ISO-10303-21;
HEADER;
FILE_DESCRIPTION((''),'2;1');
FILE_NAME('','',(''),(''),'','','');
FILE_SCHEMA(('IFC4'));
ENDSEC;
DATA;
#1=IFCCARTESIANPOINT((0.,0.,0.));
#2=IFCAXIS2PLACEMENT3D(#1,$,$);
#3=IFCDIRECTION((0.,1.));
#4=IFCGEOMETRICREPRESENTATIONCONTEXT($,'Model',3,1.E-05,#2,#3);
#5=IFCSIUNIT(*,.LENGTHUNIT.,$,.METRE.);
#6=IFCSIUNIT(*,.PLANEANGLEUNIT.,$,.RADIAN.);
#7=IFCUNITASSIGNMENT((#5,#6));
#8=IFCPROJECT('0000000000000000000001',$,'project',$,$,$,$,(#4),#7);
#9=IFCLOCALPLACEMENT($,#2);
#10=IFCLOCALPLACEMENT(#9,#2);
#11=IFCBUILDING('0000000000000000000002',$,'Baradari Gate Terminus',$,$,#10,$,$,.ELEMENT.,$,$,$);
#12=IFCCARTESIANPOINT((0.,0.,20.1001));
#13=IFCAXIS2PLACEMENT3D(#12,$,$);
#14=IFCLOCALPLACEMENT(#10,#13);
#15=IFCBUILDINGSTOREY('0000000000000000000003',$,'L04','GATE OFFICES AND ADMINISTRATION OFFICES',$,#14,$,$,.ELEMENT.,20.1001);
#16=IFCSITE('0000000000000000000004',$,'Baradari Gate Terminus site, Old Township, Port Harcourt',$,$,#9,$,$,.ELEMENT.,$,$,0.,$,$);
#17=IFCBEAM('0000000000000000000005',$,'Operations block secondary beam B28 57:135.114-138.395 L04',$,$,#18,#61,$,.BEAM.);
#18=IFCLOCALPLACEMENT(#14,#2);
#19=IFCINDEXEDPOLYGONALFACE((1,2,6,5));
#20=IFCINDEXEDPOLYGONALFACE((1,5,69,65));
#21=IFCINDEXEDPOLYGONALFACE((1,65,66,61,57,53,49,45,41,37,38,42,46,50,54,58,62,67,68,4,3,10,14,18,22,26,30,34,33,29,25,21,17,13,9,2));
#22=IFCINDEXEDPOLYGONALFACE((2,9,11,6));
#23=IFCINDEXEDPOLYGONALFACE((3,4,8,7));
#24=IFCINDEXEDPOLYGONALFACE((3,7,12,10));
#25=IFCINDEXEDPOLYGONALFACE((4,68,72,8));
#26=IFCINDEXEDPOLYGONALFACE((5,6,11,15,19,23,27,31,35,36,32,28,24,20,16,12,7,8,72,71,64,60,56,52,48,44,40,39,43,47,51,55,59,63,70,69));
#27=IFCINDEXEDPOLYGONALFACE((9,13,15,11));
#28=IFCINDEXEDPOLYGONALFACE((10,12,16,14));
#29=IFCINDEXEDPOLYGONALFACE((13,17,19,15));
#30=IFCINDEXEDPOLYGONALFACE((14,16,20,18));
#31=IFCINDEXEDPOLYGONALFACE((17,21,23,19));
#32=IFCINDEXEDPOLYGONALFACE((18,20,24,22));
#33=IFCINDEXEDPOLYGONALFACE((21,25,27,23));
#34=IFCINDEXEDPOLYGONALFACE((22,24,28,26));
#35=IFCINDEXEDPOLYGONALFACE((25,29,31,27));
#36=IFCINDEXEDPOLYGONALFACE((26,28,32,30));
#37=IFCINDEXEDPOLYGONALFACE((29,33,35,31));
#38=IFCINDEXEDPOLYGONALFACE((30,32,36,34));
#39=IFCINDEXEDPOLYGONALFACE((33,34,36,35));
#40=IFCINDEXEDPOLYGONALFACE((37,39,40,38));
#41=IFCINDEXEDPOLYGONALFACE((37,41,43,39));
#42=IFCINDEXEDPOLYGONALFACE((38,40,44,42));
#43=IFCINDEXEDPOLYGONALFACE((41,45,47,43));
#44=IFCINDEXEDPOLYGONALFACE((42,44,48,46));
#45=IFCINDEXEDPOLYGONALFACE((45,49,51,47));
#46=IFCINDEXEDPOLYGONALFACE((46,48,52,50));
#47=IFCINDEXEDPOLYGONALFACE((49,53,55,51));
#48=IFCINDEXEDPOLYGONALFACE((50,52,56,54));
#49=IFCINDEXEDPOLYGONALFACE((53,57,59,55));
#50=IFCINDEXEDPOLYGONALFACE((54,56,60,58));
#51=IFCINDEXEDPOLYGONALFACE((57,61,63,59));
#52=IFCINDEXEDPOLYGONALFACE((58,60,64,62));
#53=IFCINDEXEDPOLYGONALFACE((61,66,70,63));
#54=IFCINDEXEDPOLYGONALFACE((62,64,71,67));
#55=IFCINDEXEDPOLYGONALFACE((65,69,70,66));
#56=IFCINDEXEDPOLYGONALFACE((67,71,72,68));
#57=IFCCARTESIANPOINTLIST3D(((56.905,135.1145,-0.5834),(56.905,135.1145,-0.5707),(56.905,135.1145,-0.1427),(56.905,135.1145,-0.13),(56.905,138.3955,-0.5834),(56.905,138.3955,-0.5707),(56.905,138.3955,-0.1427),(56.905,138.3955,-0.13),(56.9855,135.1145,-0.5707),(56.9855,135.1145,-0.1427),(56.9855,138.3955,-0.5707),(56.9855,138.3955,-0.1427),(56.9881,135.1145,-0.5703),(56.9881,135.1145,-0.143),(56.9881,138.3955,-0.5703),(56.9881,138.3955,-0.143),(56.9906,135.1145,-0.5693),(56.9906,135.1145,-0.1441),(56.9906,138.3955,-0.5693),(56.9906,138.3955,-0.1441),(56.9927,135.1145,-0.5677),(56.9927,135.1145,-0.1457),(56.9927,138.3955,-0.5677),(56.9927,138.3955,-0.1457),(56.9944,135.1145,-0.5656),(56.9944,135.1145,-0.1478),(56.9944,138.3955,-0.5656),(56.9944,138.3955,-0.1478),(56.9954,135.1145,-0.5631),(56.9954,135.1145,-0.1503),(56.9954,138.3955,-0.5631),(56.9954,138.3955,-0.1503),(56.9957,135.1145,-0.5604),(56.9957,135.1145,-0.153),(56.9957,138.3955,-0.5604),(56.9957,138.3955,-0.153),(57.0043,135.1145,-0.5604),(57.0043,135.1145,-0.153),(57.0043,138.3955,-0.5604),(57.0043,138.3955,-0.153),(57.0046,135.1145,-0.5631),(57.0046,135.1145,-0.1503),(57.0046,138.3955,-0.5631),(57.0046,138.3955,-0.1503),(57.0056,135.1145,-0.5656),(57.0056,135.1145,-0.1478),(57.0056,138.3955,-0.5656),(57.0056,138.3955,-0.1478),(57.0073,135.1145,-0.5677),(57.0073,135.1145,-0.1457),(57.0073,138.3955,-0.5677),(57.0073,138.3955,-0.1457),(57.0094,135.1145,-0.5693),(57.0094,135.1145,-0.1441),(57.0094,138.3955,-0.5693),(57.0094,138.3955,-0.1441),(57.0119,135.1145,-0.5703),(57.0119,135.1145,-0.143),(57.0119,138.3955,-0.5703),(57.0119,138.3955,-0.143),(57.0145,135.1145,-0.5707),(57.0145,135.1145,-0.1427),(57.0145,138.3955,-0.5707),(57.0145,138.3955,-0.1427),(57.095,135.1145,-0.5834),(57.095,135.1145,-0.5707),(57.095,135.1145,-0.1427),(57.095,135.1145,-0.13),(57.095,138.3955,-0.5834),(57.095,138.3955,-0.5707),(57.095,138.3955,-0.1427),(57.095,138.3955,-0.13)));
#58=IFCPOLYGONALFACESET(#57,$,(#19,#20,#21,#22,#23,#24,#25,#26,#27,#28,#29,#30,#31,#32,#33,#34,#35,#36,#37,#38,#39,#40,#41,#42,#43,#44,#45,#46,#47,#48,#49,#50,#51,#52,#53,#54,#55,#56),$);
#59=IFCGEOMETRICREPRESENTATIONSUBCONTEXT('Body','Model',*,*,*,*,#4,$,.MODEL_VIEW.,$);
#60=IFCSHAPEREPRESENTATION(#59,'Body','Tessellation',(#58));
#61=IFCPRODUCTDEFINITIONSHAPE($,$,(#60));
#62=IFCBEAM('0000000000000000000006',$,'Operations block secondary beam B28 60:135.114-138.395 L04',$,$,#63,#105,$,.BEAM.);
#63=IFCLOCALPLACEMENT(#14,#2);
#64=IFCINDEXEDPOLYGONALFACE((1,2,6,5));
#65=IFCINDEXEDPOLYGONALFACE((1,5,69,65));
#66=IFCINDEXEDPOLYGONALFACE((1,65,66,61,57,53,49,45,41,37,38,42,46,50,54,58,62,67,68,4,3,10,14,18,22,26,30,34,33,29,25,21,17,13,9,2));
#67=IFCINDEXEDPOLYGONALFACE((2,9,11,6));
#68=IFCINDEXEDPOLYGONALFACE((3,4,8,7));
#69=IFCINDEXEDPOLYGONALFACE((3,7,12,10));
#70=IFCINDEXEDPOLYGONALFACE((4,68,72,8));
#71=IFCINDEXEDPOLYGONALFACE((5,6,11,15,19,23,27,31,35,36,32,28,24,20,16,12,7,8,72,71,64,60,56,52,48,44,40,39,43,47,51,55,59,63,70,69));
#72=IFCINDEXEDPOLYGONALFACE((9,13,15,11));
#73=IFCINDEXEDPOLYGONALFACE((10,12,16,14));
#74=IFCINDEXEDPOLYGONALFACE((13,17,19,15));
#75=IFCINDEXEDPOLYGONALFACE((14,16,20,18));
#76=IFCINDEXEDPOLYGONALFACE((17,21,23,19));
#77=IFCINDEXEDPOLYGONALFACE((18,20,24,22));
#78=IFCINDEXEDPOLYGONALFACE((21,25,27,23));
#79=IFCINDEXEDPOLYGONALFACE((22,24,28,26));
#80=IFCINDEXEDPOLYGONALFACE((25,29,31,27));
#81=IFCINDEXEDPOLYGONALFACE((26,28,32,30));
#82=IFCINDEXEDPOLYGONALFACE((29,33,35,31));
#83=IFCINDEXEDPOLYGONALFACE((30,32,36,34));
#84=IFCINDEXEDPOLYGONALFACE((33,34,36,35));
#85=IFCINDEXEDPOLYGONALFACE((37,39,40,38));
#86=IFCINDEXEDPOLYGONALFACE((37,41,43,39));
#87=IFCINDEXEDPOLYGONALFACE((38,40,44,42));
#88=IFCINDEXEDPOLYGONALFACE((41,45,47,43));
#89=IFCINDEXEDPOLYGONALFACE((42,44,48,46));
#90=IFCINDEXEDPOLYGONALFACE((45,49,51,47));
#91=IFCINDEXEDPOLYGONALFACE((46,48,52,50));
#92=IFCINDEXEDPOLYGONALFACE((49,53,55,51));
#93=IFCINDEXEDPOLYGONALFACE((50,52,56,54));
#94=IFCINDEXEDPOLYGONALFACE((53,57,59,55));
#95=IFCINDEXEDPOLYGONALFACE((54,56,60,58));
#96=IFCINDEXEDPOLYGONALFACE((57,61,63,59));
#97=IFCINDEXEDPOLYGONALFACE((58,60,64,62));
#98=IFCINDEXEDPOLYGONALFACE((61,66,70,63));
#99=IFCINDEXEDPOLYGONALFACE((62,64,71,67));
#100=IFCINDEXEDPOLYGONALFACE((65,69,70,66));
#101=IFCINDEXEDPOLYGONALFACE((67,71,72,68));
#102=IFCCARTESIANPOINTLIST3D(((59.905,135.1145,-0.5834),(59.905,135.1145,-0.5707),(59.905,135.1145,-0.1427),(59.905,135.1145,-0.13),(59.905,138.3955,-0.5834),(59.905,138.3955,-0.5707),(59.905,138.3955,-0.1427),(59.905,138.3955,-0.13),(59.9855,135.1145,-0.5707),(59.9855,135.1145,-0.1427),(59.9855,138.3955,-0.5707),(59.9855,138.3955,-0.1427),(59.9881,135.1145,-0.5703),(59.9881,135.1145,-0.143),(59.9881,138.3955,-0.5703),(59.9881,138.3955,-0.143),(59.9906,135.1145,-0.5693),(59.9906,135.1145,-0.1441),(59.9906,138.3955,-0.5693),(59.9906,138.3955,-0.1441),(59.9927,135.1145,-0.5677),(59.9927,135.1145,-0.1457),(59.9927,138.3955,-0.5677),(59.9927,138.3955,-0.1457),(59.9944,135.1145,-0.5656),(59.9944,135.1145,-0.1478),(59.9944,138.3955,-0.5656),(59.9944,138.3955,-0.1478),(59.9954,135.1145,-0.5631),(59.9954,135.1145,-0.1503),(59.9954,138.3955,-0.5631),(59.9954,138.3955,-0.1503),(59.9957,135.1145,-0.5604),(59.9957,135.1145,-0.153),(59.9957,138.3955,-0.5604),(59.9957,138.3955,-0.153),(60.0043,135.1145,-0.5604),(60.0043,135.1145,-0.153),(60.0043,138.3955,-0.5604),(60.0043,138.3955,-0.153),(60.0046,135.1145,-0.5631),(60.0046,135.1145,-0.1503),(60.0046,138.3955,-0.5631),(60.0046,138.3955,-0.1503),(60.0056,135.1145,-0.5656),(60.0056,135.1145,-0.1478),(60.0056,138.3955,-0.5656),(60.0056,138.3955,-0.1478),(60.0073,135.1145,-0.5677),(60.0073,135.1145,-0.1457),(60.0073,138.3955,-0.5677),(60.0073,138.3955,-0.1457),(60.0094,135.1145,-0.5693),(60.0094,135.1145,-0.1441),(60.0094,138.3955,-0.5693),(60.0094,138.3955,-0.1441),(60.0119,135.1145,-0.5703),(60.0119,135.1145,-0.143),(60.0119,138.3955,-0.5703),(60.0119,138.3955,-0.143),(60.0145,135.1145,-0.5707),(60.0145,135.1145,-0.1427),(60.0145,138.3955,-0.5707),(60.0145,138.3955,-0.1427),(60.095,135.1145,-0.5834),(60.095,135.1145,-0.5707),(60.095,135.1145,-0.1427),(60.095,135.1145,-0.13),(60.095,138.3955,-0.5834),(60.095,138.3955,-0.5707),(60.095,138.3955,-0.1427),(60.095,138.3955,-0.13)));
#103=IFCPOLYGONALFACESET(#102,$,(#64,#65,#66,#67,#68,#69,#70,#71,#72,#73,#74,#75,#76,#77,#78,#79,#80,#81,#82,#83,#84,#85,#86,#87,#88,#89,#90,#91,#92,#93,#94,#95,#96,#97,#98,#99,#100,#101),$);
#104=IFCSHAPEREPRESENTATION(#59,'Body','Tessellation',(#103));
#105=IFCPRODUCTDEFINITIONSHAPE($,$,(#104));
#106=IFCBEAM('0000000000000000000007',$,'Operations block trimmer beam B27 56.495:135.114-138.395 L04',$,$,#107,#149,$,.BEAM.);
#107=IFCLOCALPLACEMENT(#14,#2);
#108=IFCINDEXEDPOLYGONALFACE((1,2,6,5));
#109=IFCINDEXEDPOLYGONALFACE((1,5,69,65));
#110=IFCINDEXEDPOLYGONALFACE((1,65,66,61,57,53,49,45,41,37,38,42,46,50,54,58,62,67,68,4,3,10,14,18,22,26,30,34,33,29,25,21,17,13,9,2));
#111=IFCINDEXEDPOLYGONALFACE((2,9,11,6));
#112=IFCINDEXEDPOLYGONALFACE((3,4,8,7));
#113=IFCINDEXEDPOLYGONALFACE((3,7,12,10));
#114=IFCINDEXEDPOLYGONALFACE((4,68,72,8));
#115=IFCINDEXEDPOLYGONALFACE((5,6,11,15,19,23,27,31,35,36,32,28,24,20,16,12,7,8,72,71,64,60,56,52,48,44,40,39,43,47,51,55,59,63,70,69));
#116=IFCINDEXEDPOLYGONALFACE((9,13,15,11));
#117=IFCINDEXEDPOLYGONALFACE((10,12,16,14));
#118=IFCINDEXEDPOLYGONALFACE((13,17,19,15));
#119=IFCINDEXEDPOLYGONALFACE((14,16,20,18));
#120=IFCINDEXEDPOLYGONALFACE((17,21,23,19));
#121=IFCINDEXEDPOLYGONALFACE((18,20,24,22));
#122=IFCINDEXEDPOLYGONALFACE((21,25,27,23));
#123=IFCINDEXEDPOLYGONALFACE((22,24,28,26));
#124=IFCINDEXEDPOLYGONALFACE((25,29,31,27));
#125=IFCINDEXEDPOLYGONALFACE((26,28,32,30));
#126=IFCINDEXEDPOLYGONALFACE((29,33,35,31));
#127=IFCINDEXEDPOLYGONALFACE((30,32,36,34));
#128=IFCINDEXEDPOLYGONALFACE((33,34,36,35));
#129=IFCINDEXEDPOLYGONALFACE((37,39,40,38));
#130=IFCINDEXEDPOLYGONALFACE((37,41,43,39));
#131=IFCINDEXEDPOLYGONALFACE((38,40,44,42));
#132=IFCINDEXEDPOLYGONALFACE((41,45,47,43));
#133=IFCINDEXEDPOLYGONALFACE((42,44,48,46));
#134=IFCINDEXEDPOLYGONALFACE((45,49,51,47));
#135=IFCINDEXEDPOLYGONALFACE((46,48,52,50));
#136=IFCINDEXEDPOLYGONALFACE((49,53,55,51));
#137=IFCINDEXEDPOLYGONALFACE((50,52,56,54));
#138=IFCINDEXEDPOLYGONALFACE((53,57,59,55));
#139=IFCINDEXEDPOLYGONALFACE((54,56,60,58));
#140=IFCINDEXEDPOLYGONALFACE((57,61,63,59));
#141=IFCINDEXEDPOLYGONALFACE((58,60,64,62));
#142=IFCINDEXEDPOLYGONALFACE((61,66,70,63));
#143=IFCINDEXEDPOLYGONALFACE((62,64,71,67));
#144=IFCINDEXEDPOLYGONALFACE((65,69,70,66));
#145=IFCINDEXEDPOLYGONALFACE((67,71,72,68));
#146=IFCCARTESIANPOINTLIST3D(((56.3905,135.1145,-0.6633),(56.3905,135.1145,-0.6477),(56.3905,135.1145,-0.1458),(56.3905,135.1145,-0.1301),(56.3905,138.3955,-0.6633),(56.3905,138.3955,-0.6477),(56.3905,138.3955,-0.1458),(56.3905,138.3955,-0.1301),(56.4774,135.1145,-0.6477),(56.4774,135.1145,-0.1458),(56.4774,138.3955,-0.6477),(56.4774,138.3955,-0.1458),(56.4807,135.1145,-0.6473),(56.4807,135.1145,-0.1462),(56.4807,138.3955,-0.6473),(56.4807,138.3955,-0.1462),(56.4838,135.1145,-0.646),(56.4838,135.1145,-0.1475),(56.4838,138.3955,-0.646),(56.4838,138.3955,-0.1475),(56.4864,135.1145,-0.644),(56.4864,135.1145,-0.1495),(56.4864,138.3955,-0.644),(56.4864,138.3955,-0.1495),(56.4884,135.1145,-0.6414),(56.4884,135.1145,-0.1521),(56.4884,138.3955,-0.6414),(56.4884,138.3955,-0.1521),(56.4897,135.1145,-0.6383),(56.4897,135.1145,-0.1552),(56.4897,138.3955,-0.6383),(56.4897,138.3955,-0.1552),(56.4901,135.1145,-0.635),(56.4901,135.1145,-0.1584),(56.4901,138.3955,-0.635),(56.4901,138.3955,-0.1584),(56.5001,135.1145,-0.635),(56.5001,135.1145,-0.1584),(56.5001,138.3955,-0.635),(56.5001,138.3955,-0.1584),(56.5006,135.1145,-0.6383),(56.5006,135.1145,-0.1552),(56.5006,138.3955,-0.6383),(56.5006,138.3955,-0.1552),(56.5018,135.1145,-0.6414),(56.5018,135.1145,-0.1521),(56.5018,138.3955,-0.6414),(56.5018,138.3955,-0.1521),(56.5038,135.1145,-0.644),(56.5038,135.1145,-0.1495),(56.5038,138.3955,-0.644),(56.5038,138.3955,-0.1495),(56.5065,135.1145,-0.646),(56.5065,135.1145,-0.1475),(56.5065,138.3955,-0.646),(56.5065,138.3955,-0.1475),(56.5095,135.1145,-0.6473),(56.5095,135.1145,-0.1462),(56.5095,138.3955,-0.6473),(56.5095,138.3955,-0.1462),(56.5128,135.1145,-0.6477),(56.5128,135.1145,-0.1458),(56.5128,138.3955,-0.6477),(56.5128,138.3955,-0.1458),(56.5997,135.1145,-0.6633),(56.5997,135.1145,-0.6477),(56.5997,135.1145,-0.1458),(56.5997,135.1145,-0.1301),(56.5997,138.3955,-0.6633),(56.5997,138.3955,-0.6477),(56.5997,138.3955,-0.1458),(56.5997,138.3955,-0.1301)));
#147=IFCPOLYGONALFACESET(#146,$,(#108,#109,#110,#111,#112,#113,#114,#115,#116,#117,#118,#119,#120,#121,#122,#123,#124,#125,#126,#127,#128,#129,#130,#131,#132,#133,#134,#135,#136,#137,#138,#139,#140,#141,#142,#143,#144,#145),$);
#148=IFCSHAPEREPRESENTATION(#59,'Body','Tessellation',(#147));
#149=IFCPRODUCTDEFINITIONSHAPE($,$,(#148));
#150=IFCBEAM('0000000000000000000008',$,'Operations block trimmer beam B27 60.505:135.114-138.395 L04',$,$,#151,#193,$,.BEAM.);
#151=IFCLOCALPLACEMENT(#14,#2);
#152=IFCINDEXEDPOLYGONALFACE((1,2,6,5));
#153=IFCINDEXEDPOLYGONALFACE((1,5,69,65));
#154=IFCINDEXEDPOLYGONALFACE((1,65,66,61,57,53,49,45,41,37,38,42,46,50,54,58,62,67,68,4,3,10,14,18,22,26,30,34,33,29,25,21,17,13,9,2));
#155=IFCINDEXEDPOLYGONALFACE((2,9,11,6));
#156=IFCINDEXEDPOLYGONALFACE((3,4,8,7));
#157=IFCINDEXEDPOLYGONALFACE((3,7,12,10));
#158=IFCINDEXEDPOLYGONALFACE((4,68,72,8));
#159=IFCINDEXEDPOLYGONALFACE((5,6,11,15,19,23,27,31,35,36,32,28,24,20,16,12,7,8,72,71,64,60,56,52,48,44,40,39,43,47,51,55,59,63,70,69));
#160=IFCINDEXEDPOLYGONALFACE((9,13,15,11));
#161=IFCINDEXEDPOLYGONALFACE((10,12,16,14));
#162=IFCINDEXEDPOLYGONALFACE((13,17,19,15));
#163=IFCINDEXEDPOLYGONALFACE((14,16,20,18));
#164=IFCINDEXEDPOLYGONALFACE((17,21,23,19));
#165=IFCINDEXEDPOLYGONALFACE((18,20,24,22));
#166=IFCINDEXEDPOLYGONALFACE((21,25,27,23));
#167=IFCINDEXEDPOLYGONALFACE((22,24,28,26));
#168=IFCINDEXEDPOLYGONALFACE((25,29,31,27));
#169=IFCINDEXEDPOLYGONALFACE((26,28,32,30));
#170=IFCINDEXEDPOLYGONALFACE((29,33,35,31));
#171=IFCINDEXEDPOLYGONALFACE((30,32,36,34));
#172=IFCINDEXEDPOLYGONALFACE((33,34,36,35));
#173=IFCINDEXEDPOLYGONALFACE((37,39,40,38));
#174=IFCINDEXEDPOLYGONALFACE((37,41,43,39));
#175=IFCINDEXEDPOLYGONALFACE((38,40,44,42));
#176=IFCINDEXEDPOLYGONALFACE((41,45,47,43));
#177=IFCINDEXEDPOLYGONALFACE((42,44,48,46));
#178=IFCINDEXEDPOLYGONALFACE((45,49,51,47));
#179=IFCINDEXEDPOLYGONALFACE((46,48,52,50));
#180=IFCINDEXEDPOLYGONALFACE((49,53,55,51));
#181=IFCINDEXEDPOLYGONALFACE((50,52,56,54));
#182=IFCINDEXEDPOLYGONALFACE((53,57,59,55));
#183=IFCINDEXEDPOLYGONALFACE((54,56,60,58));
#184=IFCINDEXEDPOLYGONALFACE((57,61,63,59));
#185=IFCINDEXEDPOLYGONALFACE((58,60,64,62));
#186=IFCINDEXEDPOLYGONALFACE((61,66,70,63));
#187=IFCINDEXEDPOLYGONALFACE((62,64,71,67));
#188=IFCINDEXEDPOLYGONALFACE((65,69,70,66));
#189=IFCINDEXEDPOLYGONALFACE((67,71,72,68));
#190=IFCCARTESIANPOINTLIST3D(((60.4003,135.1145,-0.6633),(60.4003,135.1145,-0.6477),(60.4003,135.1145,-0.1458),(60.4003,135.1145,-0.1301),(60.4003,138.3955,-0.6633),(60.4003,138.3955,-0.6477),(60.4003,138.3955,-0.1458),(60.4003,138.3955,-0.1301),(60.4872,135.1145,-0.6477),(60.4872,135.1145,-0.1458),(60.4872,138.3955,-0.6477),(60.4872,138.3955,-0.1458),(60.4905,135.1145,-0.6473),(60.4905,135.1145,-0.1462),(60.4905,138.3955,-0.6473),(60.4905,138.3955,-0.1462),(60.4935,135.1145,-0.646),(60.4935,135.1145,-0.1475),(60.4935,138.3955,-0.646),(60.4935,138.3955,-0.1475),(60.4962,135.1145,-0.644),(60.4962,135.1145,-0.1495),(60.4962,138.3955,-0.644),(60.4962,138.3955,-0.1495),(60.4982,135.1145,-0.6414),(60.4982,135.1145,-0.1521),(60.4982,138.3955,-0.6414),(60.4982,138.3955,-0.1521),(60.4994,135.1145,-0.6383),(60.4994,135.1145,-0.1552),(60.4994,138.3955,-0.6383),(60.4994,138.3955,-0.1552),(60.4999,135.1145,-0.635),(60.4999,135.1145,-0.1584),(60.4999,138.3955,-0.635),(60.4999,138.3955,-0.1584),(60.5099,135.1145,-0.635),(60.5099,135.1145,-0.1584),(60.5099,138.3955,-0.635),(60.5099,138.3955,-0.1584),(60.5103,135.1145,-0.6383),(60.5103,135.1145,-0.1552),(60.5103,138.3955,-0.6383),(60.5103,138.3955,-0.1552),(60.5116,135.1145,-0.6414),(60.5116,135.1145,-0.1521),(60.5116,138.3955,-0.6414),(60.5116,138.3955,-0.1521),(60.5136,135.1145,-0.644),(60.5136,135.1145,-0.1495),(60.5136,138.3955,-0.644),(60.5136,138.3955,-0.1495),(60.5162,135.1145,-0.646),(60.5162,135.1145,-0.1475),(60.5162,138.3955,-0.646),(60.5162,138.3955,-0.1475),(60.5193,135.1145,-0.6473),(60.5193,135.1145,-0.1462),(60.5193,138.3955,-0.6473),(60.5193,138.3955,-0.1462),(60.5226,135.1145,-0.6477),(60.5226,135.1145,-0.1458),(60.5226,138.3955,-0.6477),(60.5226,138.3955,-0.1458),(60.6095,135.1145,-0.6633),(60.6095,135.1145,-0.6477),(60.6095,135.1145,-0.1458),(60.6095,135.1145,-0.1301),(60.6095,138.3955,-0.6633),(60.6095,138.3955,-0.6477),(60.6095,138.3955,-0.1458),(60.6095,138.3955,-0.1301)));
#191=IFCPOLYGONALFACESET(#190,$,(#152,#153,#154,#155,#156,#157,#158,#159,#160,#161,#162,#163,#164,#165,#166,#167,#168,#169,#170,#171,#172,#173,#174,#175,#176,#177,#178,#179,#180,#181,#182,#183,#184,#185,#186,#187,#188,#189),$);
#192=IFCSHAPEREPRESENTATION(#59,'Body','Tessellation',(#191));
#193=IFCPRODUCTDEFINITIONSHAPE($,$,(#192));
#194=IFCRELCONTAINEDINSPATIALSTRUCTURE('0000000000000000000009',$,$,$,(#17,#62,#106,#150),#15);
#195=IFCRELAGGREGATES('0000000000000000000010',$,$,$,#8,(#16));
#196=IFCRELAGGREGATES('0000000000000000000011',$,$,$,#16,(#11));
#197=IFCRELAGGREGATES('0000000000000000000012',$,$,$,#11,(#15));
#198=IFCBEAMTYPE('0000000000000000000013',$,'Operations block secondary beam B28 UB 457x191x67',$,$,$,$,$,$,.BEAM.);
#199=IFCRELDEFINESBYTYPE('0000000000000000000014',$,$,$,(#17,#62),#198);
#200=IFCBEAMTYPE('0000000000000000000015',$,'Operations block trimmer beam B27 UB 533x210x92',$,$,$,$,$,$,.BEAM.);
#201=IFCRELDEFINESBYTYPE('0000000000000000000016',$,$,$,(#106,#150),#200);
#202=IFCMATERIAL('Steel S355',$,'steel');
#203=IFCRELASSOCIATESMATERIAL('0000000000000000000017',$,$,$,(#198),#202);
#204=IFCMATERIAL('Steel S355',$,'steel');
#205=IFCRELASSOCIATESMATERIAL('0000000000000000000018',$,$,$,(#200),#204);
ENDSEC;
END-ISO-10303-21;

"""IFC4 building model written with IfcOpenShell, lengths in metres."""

from ifc_helpers import new_model, si_unit, direction, frame, origin, origin_2d, place, context, subcontext, project, spatial, i_section, extrude, material, material_profile, profile_set, type_object, element, save


model = new_model("IFC4")

# Units and contexts
model_context = context("Model", 3, precision=1e-05, world=origin(), true_north=direction((0.0, 1.0)))
body_context = subcontext(model_context, "Body", "Model", "MODEL_VIEW")
ifc_project = project(units=[si_unit("LENGTHUNIT", "METRE"), si_unit("PLANEANGLEUNIT", "RADIAN")], contexts=[model_context])

# Site, building, storey
site_placement = place(None, origin())
site = spatial("IfcSite", under=ifc_project, at=site_placement, Name="Baradari Gate Terminus site, Old Township, Port Harcourt", CompositionType="ELEMENT", RefElevation=0.0)
building_placement = place(site_placement, origin())
building = spatial("IfcBuilding", under=site, at=building_placement, Name="Baradari Gate Terminus", CompositionType="ELEMENT")
storey_placement = place(building_placement, frame((0.0, 0.0, 20.1001)))
storey = spatial("IfcBuildingStorey", under=building, at=storey_placement, Name="L04", Description="GATE OFFICES AND ADMINISTRATION OFFICES", CompositionType="ELEMENT", Elevation=20.1001)

# Beams
ifc_material_1 = material(Name="Steel S355", Category="steel")
ifc_material_profile_1 = material_profile(ifc_material_1, i_section(OverallWidth=0.1899, OverallDepth=0.4534, WebThickness=0.0085, FlangeThickness=0.0127, FilletRadius=0.0103, at=origin_2d()), Name="UB 457x191x67")
ifc_profile_set_1 = profile_set([ifc_material_profile_1], Name="Steel S355")
beam_type_1 = type_object("IfcBeamType", Name="Operations block secondary beam B28 UB 457x191x67", PredefinedType="BEAM", material=ifc_profile_set_1)
for number, where, z_axis, x_axis, name in (
    (1, (57.0, 135.1145, -0.3567), (0.0, 1.0, 0.0), (-1.0, 0.0, 0.0), "Operations block secondary beam B28 57:135.114-138.395 L04"),
    (2, (60.0, 135.1145, -0.3567), (0.0, 1.0, 0.0), (-1.0, 0.0, 0.0), "Operations block secondary beam B28 60:135.114-138.395 L04"),
):
    element("IfcBeam", number, at=place(storey_placement, frame(where, z_axis=z_axis, x_axis=x_axis)), inside=storey, type_object=beam_type_1, Name=name, PredefinedType="BEAM", context=body_context, shape_type="SweptSolid", body=[
        extrude(i_section(OverallWidth=0.1899, OverallDepth=0.4534, WebThickness=0.0085, FlangeThickness=0.0127, FilletRadius=0.0103, at=origin_2d()), origin(), (0.0, 0.0, 1.0), 3.281),
    ])
ifc_material_2 = material(Name="Steel S355", Category="steel")
ifc_material_profile_2 = material_profile(ifc_material_2, i_section(OverallWidth=0.2092, OverallDepth=0.5332, WebThickness=0.01, FlangeThickness=0.0156, FilletRadius=0.0127, at=origin_2d()), Name="UB 533x210x92")
ifc_profile_set_2 = profile_set([ifc_material_profile_2], Name="Steel S355")
beam_type_2 = type_object("IfcBeamType", Name="Operations block trimmer beam B27 UB 533x210x92", PredefinedType="BEAM", material=ifc_profile_set_2)
for number, where, z_axis, x_axis, name in (
    (3, (56.4951, 135.1145, -0.3967), (0.0, 1.0, 0.0), (-1.0, 0.0, 0.0), "Operations block trimmer beam B27 56.495:135.114-138.395 L04"),
    (4, (60.5049, 135.1145, -0.3967), (0.0, 1.0, 0.0), (-1.0, 0.0, 0.0), "Operations block trimmer beam B27 60.505:135.114-138.395 L04"),
):
    element("IfcBeam", number, at=place(storey_placement, frame(where, z_axis=z_axis, x_axis=x_axis)), inside=storey, type_object=beam_type_2, Name=name, PredefinedType="BEAM", context=body_context, shape_type="SweptSolid", body=[
        extrude(i_section(OverallWidth=0.2092, OverallDepth=0.5332, WebThickness=0.01, FlangeThickness=0.0156, FilletRadius=0.0127, at=origin_2d()), origin(), (0.0, 0.0, 1.0), 3.281),
    ])

save(model, "model.ifc")
